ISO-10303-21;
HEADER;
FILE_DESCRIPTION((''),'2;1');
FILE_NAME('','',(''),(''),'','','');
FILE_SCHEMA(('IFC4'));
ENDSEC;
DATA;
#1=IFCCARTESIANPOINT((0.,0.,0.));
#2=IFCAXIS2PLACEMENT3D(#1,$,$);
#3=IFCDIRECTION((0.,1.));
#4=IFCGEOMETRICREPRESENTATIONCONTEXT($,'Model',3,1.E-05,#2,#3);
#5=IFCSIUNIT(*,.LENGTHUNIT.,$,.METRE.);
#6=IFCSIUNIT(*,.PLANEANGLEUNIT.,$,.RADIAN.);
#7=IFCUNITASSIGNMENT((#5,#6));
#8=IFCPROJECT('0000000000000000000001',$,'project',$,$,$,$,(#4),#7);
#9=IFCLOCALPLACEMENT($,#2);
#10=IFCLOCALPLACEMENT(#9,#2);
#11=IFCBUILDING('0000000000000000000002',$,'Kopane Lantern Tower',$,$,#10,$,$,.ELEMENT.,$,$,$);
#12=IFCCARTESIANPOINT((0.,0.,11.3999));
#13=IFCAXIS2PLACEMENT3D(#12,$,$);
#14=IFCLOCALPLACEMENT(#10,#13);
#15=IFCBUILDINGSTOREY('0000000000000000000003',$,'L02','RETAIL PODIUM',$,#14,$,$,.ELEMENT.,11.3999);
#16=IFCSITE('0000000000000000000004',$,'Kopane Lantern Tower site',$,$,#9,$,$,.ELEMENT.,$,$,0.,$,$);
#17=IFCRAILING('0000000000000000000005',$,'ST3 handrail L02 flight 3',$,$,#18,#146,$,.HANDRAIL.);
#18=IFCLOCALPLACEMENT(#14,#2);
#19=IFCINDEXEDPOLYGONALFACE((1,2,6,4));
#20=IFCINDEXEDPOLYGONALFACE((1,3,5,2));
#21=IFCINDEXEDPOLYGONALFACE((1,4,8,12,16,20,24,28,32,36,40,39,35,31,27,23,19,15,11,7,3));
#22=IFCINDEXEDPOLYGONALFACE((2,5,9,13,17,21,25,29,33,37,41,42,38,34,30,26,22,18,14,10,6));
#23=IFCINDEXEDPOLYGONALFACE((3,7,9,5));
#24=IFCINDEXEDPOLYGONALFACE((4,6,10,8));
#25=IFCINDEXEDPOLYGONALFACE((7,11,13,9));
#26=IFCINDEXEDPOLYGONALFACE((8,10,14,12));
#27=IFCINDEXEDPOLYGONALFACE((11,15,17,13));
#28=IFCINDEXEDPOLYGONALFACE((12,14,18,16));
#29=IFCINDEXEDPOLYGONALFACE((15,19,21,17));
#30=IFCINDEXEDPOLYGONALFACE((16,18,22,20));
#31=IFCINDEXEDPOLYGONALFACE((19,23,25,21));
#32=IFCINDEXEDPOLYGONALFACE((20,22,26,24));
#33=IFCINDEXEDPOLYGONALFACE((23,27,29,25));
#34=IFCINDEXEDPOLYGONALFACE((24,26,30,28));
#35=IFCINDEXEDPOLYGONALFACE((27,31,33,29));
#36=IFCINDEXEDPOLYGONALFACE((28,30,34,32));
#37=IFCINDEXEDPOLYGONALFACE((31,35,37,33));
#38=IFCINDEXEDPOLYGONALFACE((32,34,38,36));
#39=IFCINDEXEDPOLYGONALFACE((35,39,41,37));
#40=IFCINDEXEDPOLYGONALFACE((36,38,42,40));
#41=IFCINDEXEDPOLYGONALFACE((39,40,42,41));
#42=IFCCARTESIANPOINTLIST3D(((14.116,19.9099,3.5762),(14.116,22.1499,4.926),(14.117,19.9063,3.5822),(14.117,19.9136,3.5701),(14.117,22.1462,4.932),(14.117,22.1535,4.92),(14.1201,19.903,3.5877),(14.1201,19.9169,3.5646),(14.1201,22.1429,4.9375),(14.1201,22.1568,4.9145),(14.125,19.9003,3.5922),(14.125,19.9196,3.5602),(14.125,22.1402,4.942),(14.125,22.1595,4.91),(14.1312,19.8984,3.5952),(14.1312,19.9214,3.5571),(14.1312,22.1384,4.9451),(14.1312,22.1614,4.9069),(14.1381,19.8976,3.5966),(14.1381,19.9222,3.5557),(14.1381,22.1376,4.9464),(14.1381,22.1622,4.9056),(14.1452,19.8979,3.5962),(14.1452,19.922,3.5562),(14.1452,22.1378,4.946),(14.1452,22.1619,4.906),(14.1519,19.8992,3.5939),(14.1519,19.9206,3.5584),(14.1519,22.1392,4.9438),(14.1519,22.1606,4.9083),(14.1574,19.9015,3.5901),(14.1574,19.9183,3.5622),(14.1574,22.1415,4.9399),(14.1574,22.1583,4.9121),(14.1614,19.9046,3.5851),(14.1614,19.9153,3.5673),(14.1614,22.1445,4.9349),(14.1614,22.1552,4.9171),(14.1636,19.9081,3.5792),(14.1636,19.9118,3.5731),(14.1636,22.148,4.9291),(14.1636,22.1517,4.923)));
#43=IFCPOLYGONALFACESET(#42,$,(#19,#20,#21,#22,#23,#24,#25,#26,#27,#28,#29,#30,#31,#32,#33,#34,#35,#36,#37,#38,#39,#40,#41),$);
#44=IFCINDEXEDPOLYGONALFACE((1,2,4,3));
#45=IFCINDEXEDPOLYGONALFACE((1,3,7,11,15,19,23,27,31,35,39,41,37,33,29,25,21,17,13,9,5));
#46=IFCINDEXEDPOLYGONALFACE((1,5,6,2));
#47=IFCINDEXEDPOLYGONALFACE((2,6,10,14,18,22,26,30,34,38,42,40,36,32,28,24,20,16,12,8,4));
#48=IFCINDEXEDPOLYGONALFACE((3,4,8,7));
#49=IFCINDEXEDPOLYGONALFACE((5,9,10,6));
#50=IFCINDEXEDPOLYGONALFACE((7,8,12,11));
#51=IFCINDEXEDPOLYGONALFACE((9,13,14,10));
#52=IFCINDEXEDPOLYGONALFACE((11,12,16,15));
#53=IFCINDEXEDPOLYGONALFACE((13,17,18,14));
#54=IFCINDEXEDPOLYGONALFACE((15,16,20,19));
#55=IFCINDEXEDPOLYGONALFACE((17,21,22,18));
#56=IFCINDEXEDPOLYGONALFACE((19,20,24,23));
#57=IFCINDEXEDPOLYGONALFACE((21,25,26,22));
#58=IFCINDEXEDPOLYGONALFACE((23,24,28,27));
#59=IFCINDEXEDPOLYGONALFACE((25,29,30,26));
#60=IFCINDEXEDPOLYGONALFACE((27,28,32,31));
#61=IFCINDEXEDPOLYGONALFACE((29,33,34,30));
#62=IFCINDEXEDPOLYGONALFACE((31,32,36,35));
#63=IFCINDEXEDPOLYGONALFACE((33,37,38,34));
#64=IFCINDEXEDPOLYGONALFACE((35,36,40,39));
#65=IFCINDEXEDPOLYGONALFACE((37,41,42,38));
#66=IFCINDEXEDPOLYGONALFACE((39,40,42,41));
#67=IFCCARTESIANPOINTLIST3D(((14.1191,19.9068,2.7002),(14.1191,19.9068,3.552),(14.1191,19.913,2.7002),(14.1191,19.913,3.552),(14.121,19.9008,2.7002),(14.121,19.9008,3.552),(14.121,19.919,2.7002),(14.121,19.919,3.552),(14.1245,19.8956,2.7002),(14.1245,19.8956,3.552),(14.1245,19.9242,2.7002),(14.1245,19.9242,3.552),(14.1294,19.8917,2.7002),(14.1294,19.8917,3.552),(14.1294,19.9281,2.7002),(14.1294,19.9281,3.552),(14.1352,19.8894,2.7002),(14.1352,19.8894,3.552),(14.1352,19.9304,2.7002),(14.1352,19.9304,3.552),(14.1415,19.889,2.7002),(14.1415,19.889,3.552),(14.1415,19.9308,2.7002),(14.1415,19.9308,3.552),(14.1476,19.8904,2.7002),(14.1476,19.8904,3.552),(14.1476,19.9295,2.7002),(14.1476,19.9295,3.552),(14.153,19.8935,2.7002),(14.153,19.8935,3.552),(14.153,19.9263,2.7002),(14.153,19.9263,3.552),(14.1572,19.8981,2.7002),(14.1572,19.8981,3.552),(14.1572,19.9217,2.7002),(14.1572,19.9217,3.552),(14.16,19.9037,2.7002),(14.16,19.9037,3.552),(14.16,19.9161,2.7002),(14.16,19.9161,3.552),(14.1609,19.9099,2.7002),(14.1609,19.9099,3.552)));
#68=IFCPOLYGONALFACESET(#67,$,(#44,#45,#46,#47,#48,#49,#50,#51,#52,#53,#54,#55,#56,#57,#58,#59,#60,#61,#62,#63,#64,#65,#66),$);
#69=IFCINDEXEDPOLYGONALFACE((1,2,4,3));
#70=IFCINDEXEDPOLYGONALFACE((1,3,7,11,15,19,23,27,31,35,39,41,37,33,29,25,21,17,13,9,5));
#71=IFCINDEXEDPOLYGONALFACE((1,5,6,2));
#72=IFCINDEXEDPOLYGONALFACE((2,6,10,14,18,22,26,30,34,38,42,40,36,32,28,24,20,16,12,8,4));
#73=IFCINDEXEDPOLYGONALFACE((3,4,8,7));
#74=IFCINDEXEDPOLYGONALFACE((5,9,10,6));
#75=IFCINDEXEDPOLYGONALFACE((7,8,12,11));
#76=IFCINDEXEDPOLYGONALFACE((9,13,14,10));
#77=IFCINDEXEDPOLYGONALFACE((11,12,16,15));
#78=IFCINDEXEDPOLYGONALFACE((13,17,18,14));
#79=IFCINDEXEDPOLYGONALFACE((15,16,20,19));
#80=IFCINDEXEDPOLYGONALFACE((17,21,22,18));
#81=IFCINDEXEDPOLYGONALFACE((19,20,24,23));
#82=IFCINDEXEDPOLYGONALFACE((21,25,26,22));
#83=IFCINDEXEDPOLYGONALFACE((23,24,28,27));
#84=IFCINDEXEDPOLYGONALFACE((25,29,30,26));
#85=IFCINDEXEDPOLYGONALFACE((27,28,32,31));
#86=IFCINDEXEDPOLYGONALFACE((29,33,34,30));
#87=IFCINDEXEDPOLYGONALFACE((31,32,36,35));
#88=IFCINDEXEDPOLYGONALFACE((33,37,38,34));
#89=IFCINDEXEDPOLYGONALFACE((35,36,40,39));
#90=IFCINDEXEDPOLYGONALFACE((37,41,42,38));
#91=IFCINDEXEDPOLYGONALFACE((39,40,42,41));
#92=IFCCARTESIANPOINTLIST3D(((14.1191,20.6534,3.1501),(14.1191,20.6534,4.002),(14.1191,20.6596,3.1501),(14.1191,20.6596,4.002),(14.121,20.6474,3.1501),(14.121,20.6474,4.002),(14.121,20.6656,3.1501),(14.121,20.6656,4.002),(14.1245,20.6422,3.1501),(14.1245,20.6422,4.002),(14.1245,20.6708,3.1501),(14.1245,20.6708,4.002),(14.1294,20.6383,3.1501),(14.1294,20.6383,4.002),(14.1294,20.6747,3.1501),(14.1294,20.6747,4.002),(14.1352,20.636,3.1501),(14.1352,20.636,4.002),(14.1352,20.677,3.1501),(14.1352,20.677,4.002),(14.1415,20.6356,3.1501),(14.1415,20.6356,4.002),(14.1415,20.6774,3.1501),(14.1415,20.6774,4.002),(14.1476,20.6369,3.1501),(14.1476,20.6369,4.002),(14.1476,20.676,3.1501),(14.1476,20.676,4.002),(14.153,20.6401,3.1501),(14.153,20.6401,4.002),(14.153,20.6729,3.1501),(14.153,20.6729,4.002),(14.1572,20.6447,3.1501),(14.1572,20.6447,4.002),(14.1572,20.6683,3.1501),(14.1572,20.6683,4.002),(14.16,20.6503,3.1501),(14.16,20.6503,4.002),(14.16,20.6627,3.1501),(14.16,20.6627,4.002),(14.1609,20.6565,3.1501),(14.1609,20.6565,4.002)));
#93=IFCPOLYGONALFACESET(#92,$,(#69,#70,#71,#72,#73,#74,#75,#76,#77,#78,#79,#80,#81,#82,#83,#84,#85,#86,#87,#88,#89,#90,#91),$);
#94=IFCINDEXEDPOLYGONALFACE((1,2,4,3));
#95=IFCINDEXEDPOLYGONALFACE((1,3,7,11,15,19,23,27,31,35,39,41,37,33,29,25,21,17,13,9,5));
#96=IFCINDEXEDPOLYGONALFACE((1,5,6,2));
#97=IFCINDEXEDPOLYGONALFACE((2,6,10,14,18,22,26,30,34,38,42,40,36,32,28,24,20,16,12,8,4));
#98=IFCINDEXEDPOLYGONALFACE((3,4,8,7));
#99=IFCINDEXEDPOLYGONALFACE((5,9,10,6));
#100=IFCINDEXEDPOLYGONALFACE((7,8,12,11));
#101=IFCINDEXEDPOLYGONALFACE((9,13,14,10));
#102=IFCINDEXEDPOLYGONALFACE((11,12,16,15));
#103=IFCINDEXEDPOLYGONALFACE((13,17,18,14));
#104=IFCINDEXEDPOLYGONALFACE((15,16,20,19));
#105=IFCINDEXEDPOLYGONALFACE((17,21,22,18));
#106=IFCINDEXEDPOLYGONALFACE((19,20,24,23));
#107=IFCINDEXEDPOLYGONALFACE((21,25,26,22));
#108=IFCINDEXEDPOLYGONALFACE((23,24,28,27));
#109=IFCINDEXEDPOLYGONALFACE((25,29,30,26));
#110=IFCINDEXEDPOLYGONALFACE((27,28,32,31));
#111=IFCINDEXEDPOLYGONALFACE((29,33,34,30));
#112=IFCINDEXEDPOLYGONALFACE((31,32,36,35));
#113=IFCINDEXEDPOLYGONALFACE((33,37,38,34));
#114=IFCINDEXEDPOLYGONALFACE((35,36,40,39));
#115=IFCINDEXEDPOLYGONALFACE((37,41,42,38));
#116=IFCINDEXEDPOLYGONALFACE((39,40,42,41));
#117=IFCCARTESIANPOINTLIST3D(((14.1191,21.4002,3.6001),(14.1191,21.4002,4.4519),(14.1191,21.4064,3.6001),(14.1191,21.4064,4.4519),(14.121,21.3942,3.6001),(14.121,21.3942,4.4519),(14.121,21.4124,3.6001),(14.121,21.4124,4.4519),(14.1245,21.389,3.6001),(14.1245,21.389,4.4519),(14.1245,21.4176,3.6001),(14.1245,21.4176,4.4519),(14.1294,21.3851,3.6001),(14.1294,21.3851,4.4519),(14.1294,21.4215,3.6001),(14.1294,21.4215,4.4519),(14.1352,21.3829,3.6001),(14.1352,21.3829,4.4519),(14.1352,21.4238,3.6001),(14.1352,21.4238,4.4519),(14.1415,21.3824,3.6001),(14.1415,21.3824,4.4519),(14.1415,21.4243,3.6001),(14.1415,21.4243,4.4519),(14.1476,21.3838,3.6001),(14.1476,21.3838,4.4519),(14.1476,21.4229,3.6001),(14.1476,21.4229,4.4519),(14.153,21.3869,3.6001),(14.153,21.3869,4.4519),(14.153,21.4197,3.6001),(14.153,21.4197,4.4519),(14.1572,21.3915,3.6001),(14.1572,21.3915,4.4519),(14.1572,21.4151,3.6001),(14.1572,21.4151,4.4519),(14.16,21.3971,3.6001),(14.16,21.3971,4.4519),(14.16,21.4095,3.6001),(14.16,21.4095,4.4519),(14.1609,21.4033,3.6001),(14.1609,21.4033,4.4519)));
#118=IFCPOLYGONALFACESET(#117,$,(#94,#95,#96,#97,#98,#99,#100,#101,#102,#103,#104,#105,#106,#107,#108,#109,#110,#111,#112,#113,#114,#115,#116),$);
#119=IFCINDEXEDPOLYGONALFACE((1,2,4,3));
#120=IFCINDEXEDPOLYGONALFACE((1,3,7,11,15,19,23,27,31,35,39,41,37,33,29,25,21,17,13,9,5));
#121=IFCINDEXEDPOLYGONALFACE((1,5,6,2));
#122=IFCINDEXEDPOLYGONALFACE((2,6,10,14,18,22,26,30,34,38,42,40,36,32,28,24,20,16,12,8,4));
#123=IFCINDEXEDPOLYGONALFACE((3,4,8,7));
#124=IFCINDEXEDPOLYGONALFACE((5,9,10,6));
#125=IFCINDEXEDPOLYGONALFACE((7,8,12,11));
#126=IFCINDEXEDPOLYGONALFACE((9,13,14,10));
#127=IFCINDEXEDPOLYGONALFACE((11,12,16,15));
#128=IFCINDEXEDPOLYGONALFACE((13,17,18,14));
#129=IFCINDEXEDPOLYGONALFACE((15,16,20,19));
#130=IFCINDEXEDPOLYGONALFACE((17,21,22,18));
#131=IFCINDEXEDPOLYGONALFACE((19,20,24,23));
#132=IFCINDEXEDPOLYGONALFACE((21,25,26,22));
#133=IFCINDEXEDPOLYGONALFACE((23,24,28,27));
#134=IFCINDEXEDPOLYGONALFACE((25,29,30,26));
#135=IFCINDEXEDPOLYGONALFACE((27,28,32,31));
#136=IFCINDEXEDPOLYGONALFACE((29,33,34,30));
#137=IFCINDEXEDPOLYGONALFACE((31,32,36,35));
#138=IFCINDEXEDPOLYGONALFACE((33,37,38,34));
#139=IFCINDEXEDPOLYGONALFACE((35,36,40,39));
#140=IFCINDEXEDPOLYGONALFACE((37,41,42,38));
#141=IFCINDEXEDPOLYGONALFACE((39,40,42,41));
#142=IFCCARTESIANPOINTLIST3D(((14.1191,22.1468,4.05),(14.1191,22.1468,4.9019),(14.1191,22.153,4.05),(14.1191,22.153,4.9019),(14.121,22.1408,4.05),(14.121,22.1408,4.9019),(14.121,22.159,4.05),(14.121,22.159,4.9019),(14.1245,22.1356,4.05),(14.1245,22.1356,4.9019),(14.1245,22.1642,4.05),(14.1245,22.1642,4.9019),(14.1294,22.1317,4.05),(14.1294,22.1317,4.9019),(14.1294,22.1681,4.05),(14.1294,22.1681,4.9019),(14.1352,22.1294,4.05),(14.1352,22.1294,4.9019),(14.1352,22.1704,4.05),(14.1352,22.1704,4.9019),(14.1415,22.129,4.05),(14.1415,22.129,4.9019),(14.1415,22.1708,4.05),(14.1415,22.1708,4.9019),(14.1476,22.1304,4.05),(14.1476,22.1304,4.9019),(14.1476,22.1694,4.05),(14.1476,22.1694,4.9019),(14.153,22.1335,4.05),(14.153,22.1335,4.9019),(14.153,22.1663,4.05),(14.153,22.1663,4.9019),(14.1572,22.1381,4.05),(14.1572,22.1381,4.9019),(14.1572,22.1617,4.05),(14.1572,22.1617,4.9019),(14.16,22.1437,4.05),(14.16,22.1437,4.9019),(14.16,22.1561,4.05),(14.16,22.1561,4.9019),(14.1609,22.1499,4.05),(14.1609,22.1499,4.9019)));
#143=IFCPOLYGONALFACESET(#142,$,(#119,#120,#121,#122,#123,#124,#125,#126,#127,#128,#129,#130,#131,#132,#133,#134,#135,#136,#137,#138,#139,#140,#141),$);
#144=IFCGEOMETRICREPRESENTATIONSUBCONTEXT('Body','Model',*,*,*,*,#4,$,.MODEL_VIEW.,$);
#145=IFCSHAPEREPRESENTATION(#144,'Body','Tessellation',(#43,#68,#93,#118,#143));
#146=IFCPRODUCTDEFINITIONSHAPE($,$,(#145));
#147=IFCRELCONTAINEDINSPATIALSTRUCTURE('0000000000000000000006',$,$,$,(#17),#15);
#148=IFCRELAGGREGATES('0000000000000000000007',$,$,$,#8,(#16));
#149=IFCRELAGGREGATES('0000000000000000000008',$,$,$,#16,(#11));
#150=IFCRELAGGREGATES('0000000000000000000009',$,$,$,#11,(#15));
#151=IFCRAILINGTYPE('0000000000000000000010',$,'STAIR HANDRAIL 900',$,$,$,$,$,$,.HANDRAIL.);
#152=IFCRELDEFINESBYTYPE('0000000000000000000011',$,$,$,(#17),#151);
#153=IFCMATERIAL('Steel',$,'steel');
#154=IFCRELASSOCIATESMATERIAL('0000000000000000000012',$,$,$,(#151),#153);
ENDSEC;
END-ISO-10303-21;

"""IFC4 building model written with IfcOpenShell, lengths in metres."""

from ifc_helpers import new_model, si_unit, direction, frame, origin, origin_2d, place, context, subcontext, project, spatial, circle, extrude, material, type_object, element, save


model = new_model("IFC4")

# Units and contexts
model_context = context("Model", 3, precision=1e-05, world=origin(), true_north=direction((0.0, 1.0)))
body_context = subcontext(model_context, "Body", "Model", "MODEL_VIEW")
ifc_project = project(units=[si_unit("LENGTHUNIT", "METRE"), si_unit("PLANEANGLEUNIT", "RADIAN")], contexts=[model_context])

# Site, building, storey
site_placement = place(None, origin())
site = spatial("IfcSite", under=ifc_project, at=site_placement, Name="Kopane Lantern Tower site", CompositionType="ELEMENT", RefElevation=0.0)
building_placement = place(site_placement, origin())
building = spatial("IfcBuilding", under=site, at=building_placement, Name="Kopane Lantern Tower", CompositionType="ELEMENT")
storey_placement = place(building_placement, frame((0.0, 0.0, 11.3999)))
storey = spatial("IfcBuildingStorey", under=building, at=storey_placement, Name="L02", Description="RETAIL PODIUM", CompositionType="ELEMENT", Elevation=11.3999)

# Railing
ifc_material_1 = material(Name="Steel", Category="steel")
railing_type = type_object("IfcRailingType", Name="STAIR HANDRAIL 900", PredefinedType="HANDRAIL", material=ifc_material_1)
for number, where, name in (
    (1, (14.1399, 19.9099, 2.7002), "ST3 handrail L02 flight 3"),
):
    element("IfcRailing", number, at=place(storey_placement, frame(where)), inside=storey, type_object=railing_type, Name=name, PredefinedType="HANDRAIL", context=body_context, shape_type="SweptSolid", body=[
        extrude(circle(Radius=0.0239, at=origin_2d()), frame((0.0, 0.0, 0.876), z_axis=(0.0, 0.856503, 0.516142), x_axis=(-1.0, 0.0, 0.0)), (0.0, 0.0, 1.0), 2.6152),
        extrude(circle(Radius=0.021, at=origin_2d()), origin(), (0.0, 0.0, 1.0), 0.8518),
        extrude(circle(Radius=0.021, at=origin_2d()), frame((0.0, 0.7466, 0.45)), (0.0, 0.0, 1.0), 0.8518),
        extrude(circle(Radius=0.021, at=origin_2d()), frame((0.0, 1.4934, 0.8999)), (0.0, 0.0, 1.0), 0.8518),
        extrude(circle(Radius=0.021, at=origin_2d()), frame((0.0, 2.24, 1.3499)), (0.0, 0.0, 1.0), 0.8518),
    ])

save(model, "model.ifc")
